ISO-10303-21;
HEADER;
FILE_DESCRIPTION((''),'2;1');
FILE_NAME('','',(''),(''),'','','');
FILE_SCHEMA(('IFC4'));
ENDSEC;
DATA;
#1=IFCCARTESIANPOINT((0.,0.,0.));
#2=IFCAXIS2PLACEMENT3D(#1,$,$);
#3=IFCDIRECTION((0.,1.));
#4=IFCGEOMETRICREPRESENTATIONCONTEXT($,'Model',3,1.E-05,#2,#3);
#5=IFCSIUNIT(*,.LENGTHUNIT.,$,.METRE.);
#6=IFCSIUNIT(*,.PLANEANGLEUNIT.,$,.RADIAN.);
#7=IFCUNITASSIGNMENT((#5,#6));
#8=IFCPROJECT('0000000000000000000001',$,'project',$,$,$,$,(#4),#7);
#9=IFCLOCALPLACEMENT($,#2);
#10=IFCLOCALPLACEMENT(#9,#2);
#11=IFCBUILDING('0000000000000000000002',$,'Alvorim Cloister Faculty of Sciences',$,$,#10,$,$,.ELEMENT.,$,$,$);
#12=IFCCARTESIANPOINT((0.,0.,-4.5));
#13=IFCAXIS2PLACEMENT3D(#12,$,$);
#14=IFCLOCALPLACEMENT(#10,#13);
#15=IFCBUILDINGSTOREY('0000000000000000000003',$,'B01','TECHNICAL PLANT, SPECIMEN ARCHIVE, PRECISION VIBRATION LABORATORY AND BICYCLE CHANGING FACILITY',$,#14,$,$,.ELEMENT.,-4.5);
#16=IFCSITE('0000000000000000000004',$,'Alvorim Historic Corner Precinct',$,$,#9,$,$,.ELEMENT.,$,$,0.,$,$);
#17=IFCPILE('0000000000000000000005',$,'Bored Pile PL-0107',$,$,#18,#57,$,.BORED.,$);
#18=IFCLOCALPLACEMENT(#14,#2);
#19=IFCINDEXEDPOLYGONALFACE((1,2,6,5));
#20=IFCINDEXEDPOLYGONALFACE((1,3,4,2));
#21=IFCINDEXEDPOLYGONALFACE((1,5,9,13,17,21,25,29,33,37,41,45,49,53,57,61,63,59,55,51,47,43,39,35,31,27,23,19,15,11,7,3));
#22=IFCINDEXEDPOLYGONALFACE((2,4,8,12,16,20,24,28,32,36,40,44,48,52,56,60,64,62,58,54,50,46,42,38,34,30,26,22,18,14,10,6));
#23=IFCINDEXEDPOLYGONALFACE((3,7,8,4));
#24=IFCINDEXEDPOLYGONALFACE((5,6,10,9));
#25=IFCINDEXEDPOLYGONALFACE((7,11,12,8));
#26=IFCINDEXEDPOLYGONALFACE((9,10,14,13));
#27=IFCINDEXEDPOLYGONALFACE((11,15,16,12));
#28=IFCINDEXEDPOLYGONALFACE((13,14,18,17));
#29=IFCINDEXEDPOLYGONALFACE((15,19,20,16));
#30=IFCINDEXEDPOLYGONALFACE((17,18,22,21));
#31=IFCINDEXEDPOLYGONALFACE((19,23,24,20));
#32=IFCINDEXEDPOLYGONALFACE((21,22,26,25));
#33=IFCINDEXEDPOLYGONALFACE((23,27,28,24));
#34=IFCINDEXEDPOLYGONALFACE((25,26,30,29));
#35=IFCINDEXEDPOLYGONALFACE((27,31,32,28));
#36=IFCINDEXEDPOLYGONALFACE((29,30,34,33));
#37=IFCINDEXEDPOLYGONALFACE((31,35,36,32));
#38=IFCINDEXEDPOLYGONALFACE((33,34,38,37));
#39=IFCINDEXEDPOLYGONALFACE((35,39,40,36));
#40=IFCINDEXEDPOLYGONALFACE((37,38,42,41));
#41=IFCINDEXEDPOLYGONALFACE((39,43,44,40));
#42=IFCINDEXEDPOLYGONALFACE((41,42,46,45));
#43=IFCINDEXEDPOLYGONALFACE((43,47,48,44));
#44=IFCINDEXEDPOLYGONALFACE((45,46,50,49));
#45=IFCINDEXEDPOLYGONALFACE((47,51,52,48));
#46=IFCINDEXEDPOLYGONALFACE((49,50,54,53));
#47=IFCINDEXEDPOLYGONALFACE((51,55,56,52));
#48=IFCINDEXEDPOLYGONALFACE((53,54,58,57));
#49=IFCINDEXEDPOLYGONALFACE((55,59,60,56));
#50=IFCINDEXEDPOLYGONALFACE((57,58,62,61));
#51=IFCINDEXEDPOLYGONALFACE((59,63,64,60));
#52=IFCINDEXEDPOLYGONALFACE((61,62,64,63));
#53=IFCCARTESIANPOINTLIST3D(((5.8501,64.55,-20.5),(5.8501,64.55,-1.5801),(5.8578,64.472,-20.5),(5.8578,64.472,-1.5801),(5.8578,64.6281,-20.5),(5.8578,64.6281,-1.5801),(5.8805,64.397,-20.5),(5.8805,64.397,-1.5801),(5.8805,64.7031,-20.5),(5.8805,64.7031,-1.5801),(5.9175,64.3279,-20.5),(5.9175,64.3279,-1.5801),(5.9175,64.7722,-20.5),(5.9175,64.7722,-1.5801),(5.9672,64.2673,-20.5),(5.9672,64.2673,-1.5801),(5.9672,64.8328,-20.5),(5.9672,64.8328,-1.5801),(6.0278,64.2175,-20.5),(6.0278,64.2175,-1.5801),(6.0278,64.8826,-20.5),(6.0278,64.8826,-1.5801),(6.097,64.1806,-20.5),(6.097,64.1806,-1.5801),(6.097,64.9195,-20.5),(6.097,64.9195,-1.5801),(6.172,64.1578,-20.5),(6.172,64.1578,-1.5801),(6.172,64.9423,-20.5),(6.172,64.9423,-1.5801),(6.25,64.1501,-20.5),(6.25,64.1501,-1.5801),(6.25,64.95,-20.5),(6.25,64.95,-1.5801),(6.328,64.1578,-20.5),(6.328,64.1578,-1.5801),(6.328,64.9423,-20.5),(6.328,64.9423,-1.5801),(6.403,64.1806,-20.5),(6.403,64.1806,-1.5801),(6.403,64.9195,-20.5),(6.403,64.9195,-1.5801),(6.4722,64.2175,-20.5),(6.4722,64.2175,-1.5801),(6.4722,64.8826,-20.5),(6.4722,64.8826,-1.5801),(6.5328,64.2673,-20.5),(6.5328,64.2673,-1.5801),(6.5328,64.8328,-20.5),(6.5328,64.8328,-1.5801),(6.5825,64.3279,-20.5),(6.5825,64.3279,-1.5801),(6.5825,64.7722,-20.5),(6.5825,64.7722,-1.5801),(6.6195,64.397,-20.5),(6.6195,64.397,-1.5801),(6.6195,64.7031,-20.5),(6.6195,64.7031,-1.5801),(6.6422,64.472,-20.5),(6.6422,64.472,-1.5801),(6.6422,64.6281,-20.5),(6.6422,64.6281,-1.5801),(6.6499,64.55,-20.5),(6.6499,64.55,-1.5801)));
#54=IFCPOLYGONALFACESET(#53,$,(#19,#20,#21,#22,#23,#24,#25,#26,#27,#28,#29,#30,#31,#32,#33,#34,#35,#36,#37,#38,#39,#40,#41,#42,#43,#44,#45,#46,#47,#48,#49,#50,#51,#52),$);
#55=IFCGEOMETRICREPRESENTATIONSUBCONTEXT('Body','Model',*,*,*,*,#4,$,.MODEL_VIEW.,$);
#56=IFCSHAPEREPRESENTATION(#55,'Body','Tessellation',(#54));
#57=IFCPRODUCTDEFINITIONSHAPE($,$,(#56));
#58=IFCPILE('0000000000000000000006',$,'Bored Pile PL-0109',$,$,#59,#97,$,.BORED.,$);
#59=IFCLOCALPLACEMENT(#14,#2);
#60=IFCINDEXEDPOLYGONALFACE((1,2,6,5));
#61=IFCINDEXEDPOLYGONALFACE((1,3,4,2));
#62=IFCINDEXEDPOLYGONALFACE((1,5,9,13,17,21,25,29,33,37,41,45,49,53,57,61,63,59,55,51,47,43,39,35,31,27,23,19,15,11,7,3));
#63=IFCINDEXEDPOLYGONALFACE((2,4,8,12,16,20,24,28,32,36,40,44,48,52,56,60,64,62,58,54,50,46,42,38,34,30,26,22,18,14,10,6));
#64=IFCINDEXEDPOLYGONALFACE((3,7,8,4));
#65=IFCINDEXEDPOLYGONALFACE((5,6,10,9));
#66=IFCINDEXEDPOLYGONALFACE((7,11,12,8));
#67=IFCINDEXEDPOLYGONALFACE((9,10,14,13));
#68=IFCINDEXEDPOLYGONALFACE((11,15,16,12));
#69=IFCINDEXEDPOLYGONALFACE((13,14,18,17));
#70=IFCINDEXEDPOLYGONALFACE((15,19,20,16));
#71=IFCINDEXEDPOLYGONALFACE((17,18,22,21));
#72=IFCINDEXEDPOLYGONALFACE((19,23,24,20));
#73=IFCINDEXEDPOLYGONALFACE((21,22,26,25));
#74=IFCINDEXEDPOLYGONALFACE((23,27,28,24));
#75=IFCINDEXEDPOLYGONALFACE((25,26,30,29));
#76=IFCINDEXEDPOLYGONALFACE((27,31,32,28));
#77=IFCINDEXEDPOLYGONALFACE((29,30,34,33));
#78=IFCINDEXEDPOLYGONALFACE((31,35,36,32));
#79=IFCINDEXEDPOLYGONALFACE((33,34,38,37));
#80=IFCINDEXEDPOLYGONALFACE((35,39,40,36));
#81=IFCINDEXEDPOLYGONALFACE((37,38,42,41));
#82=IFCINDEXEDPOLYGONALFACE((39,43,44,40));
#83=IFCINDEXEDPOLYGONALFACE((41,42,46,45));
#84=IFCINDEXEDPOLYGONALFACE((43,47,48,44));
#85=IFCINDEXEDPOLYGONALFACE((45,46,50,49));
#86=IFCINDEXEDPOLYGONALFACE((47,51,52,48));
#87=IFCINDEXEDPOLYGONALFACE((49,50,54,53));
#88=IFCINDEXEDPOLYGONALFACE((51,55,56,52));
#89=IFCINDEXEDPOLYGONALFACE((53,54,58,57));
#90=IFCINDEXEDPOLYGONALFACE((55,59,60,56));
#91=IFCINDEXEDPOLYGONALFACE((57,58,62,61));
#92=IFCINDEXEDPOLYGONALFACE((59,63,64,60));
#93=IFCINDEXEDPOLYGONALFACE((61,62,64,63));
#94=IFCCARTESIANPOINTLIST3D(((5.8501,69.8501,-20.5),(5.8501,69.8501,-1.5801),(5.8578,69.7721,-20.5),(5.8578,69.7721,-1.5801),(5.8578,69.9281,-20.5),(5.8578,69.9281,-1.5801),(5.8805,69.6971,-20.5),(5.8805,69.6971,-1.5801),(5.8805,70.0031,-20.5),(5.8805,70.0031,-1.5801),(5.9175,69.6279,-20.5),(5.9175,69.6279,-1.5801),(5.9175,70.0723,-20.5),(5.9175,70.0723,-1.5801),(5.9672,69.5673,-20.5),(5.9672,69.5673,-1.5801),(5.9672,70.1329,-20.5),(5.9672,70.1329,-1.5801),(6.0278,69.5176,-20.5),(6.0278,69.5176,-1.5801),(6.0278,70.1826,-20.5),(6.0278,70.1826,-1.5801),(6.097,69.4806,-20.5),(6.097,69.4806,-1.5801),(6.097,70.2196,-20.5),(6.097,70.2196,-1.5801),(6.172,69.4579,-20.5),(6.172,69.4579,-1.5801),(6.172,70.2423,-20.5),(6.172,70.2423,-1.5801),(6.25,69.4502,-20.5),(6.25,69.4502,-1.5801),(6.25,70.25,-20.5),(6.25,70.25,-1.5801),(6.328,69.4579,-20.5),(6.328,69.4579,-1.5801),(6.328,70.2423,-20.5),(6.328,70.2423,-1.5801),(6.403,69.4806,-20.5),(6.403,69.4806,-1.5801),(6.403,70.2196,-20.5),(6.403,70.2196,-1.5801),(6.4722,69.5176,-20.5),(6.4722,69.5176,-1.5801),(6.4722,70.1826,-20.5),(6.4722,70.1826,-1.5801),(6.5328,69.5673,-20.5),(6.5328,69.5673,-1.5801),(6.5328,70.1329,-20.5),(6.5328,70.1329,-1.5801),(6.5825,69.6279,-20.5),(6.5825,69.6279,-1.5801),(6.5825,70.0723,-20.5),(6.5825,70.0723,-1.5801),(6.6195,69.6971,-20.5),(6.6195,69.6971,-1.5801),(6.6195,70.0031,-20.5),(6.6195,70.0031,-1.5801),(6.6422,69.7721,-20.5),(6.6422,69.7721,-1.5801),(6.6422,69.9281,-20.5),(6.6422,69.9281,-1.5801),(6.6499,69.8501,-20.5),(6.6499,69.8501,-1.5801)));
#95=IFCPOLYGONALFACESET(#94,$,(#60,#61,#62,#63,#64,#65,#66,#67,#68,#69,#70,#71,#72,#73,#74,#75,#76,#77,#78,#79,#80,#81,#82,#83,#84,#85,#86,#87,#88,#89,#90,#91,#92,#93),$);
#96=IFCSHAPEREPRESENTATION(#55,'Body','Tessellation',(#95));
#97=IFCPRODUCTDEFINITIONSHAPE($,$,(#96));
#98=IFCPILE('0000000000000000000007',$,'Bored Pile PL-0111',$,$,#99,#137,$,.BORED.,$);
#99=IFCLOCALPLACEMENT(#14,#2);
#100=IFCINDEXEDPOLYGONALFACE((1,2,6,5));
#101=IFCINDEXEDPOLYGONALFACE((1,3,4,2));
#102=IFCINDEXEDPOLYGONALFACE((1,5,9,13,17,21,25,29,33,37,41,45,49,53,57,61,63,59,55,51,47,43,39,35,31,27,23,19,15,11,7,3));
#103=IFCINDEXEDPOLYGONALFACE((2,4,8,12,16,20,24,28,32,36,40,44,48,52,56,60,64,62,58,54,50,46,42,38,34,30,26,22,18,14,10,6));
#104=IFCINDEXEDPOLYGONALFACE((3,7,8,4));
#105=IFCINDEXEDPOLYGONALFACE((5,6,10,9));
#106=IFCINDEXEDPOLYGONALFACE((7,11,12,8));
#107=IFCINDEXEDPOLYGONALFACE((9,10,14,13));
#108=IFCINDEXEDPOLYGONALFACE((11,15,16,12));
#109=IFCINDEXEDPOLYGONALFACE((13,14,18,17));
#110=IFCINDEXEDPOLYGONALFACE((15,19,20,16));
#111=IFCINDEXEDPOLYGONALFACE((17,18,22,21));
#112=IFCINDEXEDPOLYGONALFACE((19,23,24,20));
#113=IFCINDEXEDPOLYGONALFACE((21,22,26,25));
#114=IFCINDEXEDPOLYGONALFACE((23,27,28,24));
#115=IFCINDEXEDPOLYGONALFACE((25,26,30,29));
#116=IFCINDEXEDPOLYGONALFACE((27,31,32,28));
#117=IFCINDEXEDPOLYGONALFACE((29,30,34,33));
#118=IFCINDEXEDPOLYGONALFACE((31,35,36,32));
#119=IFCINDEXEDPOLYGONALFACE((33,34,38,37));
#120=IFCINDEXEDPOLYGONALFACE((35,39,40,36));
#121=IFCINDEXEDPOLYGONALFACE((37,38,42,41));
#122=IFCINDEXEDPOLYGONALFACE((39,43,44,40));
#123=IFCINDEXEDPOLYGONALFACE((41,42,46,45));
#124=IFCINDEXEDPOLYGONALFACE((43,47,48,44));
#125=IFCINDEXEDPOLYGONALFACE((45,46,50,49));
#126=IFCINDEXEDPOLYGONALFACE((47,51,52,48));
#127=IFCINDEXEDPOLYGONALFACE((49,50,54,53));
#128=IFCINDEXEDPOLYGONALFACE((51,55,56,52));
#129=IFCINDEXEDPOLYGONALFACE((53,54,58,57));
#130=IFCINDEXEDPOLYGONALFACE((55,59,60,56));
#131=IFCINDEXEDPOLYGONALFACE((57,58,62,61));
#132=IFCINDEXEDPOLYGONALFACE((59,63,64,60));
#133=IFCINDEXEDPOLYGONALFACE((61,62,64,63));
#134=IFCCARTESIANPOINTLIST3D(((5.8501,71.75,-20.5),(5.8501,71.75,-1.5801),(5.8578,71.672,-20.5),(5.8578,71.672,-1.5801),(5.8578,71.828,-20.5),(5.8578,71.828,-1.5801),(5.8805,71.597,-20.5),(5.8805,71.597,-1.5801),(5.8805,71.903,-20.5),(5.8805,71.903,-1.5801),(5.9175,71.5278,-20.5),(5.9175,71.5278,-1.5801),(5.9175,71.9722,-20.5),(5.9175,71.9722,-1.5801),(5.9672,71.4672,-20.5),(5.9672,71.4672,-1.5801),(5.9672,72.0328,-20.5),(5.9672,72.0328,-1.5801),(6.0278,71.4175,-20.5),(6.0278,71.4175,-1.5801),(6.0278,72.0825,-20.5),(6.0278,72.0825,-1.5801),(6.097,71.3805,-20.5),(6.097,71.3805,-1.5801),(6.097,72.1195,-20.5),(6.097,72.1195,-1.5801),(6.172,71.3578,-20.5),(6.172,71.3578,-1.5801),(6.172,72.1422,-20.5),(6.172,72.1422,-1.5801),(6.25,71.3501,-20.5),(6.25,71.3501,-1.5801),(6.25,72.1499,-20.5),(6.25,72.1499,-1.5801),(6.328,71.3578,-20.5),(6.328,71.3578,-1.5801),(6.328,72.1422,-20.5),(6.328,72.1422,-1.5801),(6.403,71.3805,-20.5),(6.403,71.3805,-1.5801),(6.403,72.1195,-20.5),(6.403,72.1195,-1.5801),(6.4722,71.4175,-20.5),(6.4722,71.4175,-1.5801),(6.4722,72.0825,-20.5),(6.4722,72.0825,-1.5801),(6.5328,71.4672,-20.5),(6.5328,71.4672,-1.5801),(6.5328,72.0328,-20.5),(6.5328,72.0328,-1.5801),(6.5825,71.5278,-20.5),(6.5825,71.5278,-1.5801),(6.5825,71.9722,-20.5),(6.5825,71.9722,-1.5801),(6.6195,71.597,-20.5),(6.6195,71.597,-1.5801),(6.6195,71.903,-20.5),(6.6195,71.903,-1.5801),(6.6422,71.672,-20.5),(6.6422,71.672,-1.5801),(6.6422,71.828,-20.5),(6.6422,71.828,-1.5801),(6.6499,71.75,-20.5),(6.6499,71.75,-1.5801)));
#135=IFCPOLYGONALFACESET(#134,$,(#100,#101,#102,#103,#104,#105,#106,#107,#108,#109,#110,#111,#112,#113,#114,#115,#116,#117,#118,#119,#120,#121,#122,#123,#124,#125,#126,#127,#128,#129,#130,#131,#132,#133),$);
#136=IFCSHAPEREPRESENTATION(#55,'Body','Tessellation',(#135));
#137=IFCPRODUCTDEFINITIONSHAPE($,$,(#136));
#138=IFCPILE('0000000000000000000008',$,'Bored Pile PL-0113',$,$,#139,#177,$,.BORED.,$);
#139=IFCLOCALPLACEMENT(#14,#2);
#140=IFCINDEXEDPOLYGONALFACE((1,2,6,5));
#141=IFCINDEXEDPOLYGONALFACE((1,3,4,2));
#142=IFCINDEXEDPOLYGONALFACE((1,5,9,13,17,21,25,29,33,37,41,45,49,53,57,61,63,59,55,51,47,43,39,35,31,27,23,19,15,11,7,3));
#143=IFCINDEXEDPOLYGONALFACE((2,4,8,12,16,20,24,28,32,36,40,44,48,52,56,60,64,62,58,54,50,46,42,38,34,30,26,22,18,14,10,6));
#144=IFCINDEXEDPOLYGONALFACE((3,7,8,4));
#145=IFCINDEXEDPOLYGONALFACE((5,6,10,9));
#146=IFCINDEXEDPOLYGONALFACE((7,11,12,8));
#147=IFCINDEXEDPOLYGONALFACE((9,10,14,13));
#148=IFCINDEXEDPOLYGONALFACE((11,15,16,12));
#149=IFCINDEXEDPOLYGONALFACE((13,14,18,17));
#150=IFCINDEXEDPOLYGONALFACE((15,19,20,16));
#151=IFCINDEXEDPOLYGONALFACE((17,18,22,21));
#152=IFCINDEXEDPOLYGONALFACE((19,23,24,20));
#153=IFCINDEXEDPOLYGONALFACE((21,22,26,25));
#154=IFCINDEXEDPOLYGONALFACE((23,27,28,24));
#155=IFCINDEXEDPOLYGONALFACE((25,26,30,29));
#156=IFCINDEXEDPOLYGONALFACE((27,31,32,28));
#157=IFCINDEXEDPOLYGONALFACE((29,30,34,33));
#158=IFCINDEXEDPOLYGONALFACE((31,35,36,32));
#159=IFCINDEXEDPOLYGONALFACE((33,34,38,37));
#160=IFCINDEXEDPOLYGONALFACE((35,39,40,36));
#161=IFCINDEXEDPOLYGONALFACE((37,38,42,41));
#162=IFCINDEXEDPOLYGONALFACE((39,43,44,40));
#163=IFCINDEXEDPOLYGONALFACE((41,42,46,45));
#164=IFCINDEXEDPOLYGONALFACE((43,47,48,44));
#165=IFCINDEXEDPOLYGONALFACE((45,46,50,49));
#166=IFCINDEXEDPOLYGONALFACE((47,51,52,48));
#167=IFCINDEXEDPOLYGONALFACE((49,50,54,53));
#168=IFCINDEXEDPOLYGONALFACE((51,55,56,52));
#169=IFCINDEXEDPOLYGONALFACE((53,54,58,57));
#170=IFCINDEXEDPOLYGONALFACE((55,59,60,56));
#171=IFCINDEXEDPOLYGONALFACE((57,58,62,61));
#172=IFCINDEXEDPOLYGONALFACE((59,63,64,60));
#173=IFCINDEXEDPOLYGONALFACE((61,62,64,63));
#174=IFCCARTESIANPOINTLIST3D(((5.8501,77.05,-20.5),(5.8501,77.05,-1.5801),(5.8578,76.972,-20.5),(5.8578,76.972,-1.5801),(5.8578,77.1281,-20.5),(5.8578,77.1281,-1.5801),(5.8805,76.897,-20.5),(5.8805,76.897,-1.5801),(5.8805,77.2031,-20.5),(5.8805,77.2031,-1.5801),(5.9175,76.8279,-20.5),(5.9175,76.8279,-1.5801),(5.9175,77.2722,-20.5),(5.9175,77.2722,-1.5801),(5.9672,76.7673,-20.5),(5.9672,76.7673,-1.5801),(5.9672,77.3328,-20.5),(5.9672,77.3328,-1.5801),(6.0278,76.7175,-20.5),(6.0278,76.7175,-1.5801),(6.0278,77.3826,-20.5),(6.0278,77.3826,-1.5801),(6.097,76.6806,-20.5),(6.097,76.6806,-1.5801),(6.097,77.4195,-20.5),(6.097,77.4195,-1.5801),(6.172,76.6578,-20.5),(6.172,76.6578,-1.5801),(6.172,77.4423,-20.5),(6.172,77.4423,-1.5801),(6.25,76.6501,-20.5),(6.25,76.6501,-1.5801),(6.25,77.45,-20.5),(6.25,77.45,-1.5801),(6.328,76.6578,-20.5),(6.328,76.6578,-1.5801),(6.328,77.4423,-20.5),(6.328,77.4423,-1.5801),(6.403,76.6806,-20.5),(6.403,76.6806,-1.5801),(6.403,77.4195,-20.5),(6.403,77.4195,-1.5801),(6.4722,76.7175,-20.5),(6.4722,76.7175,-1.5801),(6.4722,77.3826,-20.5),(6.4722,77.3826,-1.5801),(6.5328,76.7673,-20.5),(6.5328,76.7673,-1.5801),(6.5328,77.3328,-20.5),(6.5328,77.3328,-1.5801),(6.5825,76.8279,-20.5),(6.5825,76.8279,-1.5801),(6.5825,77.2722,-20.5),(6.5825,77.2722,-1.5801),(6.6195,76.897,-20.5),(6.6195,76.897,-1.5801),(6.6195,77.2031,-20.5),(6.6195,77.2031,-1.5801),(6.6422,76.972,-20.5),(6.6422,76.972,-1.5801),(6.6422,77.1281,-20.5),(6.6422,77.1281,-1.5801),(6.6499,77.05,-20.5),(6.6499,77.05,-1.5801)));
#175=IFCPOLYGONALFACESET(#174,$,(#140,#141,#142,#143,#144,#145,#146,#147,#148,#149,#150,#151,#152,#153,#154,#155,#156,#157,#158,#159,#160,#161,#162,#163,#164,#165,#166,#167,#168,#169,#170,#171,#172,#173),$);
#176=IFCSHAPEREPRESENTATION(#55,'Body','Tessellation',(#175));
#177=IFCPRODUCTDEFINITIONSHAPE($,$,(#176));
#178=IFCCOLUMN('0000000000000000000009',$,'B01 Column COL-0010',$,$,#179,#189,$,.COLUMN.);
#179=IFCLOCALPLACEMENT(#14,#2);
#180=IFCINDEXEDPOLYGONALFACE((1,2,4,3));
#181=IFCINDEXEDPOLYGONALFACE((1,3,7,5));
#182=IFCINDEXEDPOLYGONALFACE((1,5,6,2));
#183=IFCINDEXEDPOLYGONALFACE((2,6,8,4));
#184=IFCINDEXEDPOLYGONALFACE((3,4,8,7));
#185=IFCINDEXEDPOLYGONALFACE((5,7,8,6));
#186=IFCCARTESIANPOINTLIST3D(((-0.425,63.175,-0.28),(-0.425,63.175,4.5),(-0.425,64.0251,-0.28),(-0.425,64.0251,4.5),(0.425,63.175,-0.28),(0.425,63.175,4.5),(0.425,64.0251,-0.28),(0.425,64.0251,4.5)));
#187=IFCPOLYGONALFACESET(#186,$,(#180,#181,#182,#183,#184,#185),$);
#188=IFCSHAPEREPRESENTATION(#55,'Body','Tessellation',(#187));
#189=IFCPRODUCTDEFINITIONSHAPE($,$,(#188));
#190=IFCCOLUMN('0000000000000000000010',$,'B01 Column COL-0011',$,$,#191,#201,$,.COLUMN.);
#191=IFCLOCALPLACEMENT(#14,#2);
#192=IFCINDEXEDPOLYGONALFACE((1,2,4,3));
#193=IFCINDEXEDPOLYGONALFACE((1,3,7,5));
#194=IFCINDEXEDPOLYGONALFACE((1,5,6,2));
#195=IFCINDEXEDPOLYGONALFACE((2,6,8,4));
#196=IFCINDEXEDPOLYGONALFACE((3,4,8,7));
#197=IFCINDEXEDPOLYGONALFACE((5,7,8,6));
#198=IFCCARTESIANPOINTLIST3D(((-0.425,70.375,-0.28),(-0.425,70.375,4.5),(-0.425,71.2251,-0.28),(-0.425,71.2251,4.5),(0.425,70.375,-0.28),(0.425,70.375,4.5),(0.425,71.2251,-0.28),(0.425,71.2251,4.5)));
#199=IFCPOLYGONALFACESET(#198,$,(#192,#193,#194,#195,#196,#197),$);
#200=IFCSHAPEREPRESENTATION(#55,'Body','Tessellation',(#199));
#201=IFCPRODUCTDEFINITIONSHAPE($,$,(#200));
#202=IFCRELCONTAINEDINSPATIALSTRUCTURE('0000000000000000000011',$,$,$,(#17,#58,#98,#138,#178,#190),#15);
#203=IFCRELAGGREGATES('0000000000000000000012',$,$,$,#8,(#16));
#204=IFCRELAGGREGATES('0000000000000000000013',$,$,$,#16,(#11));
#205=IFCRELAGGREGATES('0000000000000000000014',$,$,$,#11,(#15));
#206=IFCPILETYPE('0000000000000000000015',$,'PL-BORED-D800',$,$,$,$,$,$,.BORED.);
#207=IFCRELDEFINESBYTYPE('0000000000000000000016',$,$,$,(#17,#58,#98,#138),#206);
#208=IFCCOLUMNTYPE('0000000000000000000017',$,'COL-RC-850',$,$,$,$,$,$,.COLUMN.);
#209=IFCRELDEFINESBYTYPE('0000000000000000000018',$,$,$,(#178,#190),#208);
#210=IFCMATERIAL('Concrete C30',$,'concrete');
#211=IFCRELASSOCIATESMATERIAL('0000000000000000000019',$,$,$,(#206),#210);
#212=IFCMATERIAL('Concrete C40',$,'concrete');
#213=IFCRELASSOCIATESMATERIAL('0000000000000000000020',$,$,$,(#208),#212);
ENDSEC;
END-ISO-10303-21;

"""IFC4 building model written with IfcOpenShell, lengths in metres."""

from ifc_helpers import new_model, si_unit, direction, frame, origin, origin_2d, place, context, subcontext, project, spatial, rectangle, circle, extrude, material, material_profile, profile_set, type_object, element, save


model = new_model("IFC4")

# Units and contexts
model_context = context("Model", 3, precision=1e-05, world=origin(), true_north=direction((0.0, 1.0)))
body_context = subcontext(model_context, "Body", "Model", "MODEL_VIEW")
ifc_project = project(units=[si_unit("LENGTHUNIT", "METRE"), si_unit("PLANEANGLEUNIT", "RADIAN")], contexts=[model_context])

# Site, building, storey
site_placement = place(None, origin())
site = spatial("IfcSite", under=ifc_project, at=site_placement, Name="Alvorim Historic Corner Precinct", CompositionType="ELEMENT", RefElevation=0.0)
building_placement = place(site_placement, origin())
building = spatial("IfcBuilding", under=site, at=building_placement, Name="Alvorim Cloister Faculty of Sciences", CompositionType="ELEMENT")
storey_placement = place(building_placement, frame((0.0, 0.0, -4.5)))
storey = spatial("IfcBuildingStorey", under=building, at=storey_placement, Name="B01", Description="TECHNICAL PLANT, SPECIMEN ARCHIVE, PRECISION VIBRATION LABORATORY AND BICYCLE CHANGING FACILITY", CompositionType="ELEMENT", Elevation=-4.5)

# Shared definitions
ifc_material_1 = material(Name="Concrete C40", Category="concrete")

# Piles
ifc_material_2 = material(Name="Concrete C30", Category="concrete")
ifc_material_profile_1 = material_profile(ifc_material_2, circle(Radius=0.3999, at=origin_2d()), Name="PILE-D800")
ifc_profile_set_1 = profile_set([ifc_material_profile_1], Name="Concrete C30")
pile_type = type_object("IfcPileType", Name="PL-BORED-D800", PredefinedType="BORED", material=ifc_profile_set_1)
for number, where, z_axis, x_axis, name in (
    (1, (6.25, 64.55, -1.5801), (0.0, 0.0, -1.0), (1.0, 0.0, 0.0), "Bored Pile PL-0107"),
    (2, (6.25, 69.8501, -1.5801), (0.0, 0.0, -1.0), (1.0, 0.0, 0.0), "Bored Pile PL-0109"),
    (3, (6.25, 71.75, -1.5801), (0.0, 0.0, -1.0), (1.0, 0.0, 0.0), "Bored Pile PL-0111"),
    (4, (6.25, 77.05, -1.5801), (0.0, 0.0, -1.0), (1.0, 0.0, 0.0), "Bored Pile PL-0113"),
):
    element("IfcPile", number, at=place(storey_placement, frame(where, z_axis=z_axis, x_axis=x_axis)), inside=storey, type_object=pile_type, Name=name, PredefinedType="BORED", context=body_context, shape_type="SweptSolid", body=[
        extrude(circle(Radius=0.3999, at=origin_2d()), origin(), (0.0, 0.0, 1.0), 18.9199),
    ])

# Columns
ifc_material_profile_2 = material_profile(ifc_material_1, rectangle(XDim=0.8501, YDim=0.8501, at=origin_2d()), Name="RC40-COL-850x850")
ifc_profile_set_2 = profile_set([ifc_material_profile_2], Name="Concrete C40")
column_type_1 = type_object("IfcColumnType", Name="COL-RC-850", PredefinedType="COLUMN", material=ifc_profile_set_2)
for number, where, z_axis, x_axis, name in (
    (5, (0.0, 63.6001, -0.28), (0.0, 0.0, 1.0), (1.0, 0.0, 0.0), "B01 Column COL-0010"),
    (6, (0.0, 70.8, -0.28), (0.0, 0.0, 1.0), (1.0, 0.0, 0.0), "B01 Column COL-0011"),
):
    element("IfcColumn", number, at=place(storey_placement, frame(where, z_axis=z_axis, x_axis=x_axis)), inside=storey, type_object=column_type_1, Name=name, PredefinedType="COLUMN", context=body_context, shape_type="SweptSolid", body=[
        extrude(rectangle(XDim=0.8501, YDim=0.8501, at=origin_2d()), origin(), (0.0, 0.0, 1.0), 4.78),
    ])

save(model, "model.ifc")
